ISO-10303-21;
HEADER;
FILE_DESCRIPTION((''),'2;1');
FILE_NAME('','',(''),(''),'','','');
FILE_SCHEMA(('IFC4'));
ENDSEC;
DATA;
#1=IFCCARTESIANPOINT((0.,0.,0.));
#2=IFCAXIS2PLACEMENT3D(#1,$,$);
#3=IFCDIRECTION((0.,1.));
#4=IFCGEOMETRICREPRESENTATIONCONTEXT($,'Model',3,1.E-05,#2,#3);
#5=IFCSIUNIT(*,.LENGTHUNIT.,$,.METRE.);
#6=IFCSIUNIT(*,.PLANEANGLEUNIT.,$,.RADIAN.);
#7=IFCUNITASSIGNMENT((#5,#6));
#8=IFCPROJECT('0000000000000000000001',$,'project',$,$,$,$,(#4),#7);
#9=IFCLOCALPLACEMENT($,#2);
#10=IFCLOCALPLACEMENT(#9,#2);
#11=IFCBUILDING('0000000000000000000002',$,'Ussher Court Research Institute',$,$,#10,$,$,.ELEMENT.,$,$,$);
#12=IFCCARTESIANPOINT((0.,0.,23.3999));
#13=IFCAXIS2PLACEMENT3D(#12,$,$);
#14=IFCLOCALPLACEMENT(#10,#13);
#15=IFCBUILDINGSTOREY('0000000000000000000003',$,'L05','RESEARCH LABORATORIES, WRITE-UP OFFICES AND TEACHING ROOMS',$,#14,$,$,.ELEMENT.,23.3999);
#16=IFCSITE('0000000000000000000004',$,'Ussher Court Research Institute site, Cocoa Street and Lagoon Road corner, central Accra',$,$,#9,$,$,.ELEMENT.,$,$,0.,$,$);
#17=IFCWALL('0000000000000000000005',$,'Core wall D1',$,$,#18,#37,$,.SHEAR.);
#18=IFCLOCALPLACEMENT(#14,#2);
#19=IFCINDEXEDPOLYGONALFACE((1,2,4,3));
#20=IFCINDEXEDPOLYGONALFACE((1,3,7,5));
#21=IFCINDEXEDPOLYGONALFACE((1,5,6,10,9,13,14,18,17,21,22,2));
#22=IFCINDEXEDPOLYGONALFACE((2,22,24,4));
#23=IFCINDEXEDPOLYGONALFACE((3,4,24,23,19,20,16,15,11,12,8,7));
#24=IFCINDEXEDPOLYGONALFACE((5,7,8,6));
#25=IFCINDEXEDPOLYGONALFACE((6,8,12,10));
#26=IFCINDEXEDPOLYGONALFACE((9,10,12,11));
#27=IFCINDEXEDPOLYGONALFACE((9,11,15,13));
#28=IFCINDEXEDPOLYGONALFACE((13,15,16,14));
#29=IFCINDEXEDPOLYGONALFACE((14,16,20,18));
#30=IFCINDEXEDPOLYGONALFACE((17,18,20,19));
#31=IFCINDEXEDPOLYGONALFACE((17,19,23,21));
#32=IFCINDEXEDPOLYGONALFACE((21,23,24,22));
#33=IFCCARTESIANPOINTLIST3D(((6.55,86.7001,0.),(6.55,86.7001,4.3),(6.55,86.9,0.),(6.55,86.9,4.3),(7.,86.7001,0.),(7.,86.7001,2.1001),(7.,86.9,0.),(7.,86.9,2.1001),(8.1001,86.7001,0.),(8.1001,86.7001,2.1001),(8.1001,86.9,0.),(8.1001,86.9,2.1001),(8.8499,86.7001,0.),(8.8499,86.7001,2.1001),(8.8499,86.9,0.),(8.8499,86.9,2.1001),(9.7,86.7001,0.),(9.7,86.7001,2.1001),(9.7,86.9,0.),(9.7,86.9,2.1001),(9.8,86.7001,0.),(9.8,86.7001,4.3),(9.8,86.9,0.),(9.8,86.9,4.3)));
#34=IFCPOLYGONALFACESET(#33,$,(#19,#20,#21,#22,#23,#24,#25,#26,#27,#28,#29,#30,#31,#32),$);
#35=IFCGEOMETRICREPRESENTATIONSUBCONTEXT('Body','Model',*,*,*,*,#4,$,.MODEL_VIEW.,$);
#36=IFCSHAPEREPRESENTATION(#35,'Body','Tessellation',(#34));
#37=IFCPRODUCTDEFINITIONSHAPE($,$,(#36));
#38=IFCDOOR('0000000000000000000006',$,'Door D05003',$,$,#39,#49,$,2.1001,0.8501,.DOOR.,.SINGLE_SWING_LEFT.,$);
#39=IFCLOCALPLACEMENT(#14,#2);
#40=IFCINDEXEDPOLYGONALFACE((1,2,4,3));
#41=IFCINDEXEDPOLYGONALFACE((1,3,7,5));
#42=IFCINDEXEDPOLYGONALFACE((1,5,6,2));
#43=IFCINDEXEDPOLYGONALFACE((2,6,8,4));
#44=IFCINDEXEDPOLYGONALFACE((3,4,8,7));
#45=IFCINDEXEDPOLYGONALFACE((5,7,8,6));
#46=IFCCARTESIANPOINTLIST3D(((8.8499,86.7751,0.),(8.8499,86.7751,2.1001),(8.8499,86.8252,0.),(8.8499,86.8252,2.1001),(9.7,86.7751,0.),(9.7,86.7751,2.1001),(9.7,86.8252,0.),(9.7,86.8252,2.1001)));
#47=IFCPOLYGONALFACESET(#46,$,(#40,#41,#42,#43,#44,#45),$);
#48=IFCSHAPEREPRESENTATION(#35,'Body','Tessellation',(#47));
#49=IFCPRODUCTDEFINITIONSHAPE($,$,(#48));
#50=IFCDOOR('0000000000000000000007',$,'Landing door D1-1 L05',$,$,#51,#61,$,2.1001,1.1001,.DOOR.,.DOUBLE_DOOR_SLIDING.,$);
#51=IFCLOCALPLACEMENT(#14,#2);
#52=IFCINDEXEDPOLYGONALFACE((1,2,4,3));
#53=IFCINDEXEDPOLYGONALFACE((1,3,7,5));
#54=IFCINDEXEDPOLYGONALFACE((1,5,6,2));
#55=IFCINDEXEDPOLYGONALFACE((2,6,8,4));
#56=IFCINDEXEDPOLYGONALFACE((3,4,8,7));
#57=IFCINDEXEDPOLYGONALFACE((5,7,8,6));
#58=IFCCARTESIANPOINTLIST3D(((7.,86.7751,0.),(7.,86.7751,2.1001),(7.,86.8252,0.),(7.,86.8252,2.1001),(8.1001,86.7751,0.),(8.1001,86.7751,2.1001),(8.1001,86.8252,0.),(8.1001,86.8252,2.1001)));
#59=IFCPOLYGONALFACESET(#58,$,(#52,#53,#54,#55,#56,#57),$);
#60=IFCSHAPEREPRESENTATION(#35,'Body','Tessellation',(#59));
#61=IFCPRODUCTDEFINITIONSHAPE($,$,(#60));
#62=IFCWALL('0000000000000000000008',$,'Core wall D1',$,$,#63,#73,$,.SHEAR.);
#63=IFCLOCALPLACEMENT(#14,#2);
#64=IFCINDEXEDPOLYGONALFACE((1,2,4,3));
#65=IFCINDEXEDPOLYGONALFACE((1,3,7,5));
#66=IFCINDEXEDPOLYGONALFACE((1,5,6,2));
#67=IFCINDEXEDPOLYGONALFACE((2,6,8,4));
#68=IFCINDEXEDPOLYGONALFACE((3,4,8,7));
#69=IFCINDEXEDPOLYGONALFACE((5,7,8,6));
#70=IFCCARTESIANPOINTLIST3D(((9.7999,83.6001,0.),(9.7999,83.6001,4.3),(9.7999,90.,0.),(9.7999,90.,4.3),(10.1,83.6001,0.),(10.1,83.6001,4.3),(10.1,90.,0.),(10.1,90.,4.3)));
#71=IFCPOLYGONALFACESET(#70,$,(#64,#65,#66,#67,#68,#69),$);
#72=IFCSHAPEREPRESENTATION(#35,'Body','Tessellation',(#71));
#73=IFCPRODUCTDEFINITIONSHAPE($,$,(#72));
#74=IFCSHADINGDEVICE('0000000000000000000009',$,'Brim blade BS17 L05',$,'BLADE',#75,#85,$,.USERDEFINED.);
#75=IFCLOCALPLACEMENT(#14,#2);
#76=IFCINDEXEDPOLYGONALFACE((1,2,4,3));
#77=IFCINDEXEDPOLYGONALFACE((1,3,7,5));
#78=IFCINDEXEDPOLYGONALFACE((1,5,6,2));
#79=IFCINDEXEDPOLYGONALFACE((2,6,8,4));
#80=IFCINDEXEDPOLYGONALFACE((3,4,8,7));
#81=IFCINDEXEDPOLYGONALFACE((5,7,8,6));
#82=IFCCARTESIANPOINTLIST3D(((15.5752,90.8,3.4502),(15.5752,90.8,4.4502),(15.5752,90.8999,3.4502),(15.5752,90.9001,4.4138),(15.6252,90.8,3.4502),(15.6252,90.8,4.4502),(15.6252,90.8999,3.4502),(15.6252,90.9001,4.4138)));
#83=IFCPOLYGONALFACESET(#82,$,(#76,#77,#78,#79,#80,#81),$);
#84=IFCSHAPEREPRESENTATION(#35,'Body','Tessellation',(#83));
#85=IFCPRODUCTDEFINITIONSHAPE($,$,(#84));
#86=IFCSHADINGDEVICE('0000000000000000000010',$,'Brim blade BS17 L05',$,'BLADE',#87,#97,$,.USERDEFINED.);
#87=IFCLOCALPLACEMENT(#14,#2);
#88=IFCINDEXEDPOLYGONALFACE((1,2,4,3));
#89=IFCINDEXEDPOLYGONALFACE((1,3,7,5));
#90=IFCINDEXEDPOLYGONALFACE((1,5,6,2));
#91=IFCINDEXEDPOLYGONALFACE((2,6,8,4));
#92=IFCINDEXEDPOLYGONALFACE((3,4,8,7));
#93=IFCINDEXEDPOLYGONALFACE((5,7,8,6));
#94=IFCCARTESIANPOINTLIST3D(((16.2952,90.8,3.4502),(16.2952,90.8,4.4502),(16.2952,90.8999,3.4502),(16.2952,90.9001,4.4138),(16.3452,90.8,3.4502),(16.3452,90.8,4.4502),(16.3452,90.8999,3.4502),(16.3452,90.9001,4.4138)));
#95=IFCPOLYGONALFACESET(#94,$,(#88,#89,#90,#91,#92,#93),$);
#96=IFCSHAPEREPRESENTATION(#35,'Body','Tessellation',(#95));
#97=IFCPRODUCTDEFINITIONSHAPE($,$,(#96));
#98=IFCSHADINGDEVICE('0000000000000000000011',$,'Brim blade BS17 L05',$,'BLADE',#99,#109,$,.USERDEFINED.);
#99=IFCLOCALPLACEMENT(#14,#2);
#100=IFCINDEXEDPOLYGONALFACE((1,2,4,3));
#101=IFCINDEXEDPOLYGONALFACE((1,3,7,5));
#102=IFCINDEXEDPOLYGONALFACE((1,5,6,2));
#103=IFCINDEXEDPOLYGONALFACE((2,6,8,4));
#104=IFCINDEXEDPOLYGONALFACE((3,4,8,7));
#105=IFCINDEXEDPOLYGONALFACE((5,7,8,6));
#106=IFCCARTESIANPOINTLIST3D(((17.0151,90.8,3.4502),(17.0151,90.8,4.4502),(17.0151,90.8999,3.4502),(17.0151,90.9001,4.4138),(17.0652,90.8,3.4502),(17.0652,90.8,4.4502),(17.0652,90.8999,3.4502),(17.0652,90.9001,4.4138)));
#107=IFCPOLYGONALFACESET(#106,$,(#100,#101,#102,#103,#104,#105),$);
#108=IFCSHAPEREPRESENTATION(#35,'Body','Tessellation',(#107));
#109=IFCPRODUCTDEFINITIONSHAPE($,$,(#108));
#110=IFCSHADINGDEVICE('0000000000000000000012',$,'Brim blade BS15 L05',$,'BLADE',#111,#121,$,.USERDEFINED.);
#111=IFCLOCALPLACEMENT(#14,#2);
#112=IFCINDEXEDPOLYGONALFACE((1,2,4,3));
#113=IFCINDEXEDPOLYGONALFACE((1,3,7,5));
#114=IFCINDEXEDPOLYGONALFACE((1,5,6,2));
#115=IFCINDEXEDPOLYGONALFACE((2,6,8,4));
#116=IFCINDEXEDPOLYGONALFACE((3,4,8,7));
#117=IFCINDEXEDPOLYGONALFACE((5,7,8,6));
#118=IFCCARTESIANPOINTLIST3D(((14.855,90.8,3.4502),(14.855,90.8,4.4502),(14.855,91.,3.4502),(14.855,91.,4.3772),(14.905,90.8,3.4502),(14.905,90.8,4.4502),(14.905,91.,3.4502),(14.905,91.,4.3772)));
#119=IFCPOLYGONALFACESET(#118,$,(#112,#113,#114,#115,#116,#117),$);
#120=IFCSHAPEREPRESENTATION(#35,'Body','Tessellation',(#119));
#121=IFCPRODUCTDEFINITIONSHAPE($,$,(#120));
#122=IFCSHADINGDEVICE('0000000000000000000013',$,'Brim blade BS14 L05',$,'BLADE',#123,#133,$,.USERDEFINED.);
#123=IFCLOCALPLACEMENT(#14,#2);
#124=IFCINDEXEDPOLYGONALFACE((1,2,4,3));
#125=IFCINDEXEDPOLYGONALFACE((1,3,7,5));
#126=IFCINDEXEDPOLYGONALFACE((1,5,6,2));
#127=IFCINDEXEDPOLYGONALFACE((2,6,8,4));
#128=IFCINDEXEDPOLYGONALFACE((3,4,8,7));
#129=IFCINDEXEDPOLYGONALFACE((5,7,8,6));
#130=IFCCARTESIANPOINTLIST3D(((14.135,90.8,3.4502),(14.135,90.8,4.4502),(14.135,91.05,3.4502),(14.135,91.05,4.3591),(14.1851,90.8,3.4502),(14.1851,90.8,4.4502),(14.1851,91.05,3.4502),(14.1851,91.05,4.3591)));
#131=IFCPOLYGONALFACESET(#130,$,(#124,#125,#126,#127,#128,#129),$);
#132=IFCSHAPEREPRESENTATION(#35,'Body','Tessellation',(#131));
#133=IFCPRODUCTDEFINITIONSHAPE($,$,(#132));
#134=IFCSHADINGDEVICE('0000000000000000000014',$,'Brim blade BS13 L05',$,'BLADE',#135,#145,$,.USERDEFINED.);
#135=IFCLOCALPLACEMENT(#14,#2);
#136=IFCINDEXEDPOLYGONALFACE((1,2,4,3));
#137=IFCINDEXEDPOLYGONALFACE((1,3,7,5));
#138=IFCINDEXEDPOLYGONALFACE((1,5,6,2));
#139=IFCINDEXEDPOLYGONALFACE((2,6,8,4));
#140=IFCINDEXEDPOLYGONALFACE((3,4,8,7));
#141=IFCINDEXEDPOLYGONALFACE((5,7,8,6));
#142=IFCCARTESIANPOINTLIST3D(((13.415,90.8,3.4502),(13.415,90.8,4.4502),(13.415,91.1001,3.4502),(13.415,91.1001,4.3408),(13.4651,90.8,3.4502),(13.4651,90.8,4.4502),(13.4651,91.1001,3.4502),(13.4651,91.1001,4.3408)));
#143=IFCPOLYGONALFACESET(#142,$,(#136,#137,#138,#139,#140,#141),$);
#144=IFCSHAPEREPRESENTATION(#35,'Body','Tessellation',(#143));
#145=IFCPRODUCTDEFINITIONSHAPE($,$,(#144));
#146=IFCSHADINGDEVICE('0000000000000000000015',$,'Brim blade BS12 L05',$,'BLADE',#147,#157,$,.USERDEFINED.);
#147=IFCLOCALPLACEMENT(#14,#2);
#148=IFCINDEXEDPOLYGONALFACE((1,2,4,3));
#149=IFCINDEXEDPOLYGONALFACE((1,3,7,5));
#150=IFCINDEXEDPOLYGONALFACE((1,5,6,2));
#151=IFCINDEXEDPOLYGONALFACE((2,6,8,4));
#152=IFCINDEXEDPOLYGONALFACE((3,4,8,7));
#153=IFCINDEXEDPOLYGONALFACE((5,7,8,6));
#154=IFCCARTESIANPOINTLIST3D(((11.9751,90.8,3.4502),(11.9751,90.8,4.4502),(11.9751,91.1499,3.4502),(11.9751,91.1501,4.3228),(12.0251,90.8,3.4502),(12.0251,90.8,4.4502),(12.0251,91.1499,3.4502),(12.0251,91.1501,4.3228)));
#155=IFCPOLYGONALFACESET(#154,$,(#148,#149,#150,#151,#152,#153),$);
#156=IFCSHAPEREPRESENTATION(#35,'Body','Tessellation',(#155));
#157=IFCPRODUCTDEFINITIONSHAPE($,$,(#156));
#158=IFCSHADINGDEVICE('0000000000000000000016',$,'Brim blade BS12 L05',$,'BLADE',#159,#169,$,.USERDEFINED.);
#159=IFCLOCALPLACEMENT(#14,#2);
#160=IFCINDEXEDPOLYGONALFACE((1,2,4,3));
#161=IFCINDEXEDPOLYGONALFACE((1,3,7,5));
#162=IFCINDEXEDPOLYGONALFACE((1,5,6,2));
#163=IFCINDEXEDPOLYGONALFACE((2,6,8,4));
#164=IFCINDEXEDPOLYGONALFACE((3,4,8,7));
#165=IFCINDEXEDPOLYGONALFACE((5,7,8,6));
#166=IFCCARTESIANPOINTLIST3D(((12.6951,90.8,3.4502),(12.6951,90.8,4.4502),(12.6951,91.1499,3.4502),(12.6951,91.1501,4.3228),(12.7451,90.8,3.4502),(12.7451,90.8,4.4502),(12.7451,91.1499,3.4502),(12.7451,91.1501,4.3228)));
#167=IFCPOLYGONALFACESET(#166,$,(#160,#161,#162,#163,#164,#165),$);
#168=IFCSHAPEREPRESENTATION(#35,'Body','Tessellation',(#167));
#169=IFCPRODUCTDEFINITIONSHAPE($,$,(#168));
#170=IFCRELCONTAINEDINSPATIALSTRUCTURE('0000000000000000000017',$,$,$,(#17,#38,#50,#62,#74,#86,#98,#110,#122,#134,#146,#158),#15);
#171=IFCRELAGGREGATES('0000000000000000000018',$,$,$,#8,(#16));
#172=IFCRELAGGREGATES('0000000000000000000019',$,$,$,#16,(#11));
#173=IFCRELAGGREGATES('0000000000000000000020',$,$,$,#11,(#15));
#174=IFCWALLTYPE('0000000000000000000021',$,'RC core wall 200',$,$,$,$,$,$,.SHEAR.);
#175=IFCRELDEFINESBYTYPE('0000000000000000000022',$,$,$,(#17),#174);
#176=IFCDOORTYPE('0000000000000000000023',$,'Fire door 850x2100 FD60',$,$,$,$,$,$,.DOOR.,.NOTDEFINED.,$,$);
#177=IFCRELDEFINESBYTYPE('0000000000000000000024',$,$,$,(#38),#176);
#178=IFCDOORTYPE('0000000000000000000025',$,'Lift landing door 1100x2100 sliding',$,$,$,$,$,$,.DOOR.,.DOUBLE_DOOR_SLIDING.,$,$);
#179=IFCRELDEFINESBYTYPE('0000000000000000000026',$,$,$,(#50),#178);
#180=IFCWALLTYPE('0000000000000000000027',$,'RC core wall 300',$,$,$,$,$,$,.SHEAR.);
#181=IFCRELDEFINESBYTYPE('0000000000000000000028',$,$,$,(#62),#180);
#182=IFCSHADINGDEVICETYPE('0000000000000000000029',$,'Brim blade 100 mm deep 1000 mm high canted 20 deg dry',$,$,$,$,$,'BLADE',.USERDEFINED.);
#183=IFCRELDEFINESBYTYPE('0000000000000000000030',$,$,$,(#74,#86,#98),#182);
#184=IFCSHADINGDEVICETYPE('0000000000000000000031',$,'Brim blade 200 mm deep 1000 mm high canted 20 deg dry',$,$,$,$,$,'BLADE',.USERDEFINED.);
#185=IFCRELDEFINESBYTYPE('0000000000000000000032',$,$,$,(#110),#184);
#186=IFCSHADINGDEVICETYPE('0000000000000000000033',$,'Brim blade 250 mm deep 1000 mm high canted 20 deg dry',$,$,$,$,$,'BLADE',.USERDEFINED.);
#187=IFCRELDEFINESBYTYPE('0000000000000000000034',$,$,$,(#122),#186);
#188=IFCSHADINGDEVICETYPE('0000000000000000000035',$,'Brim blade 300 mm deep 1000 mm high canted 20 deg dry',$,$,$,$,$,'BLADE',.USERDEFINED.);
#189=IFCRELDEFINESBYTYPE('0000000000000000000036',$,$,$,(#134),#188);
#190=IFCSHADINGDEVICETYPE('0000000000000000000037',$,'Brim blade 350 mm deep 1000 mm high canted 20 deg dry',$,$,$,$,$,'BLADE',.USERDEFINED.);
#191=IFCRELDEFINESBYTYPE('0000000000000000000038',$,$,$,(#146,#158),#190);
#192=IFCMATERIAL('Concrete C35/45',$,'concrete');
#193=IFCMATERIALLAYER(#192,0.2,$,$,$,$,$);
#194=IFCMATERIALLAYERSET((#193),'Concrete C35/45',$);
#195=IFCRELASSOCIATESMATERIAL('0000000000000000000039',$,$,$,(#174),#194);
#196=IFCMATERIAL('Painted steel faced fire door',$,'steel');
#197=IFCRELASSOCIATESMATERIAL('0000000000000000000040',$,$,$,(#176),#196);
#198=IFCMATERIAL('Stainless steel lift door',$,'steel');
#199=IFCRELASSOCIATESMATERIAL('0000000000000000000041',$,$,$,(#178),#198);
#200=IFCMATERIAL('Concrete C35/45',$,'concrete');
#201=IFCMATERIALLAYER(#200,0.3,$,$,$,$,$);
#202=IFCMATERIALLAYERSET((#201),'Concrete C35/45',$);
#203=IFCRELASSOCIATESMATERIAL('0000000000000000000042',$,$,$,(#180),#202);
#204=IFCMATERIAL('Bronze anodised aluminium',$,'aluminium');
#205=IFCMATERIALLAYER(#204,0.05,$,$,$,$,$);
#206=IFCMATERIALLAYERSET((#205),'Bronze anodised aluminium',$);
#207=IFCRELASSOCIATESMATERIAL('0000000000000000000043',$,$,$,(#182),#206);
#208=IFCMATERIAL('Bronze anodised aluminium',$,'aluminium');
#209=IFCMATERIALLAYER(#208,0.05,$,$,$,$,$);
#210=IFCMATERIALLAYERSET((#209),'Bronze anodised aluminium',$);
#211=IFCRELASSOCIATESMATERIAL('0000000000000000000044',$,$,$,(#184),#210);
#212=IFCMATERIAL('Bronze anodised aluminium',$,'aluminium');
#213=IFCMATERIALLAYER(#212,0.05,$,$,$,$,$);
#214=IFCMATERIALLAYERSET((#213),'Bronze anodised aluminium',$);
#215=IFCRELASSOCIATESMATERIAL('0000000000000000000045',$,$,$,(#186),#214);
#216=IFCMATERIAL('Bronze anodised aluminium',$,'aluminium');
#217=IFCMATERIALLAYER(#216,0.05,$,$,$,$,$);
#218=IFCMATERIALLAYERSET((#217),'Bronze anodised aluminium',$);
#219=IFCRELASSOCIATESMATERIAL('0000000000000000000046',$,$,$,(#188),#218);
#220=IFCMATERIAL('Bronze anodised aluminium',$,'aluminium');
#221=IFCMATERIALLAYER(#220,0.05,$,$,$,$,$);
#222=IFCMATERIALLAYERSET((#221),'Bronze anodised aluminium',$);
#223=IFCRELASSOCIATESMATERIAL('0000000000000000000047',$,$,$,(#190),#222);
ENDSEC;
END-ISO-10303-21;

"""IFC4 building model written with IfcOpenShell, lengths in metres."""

from ifc_helpers import new_model, si_unit, direction, frame, frame_2d, origin, place, context, subcontext, project, spatial, polyline, rectangle, outline, extrude, material, layer, layer_set, type_object, element, fill, save


model = new_model("IFC4")

# Units and contexts
model_context = context("Model", 3, precision=1e-05, world=origin(), true_north=direction((0.0, 1.0)))
body_context = subcontext(model_context, "Body", "Model", "MODEL_VIEW")
ifc_project = project(units=[si_unit("LENGTHUNIT", "METRE"), si_unit("PLANEANGLEUNIT", "RADIAN")], contexts=[model_context])

# Site, building, storey
site_placement = place(None, origin())
site = spatial("IfcSite", under=ifc_project, at=site_placement, Name="Ussher Court Research Institute site, Cocoa Street and Lagoon Road corner, central Accra", CompositionType="ELEMENT", RefElevation=0.0)
building_placement = place(site_placement, origin())
building = spatial("IfcBuilding", under=site, at=building_placement, Name="Ussher Court Research Institute", CompositionType="ELEMENT")
storey_placement = place(building_placement, frame((0.0, 0.0, 23.3999)))
storey = spatial("IfcBuildingStorey", under=building, at=storey_placement, Name="L05", Description="RESEARCH LABORATORIES, WRITE-UP OFFICES AND TEACHING ROOMS", CompositionType="ELEMENT", Elevation=23.3999)

# Wall, openings, doors
ifc_material_1 = material(Name="Concrete C35/45", Category="concrete")
ifc_layer_1 = layer(ifc_material_1, 0.2)
ifc_layer_set_1 = layer_set([ifc_layer_1], Name="Concrete C35/45")
wall_type_1 = type_object("IfcWallType", Name="RC core wall 200", PredefinedType="SHEAR", material=ifc_layer_set_1)
wall_1_placement = place(storey_placement, frame((9.8, 86.8, 0.0), z_axis=(0.0, 0.0, 1.0), x_axis=(-1.0, 0.0, 0.0)))
wall_1 = element("IfcWall", 1, at=wall_1_placement, inside=storey, type_object=wall_type_1, Name="Core wall D1", PredefinedType="SHEAR", context=body_context, shape_type="SweptSolid", body=[
    extrude(rectangle(XDim=3.25, YDim=0.2, at=frame_2d((1.625, 0.0))), origin(), (0.0, 0.0, 1.0), 4.3),
])
opening_1_placement = place(wall_1_placement, frame((1.7, 0.0, 0.0)))
opening_1 = element("IfcOpeningElement", 2, at=opening_1_placement, cuts=wall_1, PredefinedType="OPENING", context=body_context, shape_type="SweptSolid", body=[
    extrude(rectangle(XDim=1.1001, YDim=2.1001, at=frame_2d((0.55, 1.05))), frame((0.0, 0.1099, 0.0), z_axis=(0.0, -1.0, 0.0), x_axis=(1.0, 0.0, 0.0)), (0.0, 0.0, 1.0), 0.22),
])
opening_2_placement = place(wall_1_placement, frame((0.1001, 0.0, 0.0)))
opening_2 = element("IfcOpeningElement", 3, at=opening_2_placement, cuts=wall_1, PredefinedType="OPENING", context=body_context, shape_type="SweptSolid", body=[
    extrude(rectangle(XDim=0.8501, YDim=2.1001, at=frame_2d((0.425, 1.05))), frame((0.0, 0.1099, 0.0), z_axis=(0.0, -1.0, 0.0), x_axis=(1.0, 0.0, 0.0)), (0.0, 0.0, 1.0), 0.22),
])
ifc_material_2 = material(Name="Painted steel faced fire door", Category="steel")
door_type_1 = type_object("IfcDoorType", Name="Fire door 850x2100 FD60", OperationType="NOTDEFINED", PredefinedType="DOOR", material=ifc_material_2)
door_1_placement = place(opening_2_placement, origin())
door_1 = element("IfcDoor", 4, at=door_1_placement, inside=storey, type_object=door_type_1, Name="Door D05003", OperationType="SINGLE_SWING_LEFT", OverallHeight=2.1001, OverallWidth=0.8501, PredefinedType="DOOR", context=body_context, shape_type="SweptSolid", body=[
    extrude(rectangle(XDim=0.8501, YDim=2.1001, at=frame_2d((0.425, 1.05))), frame((0.0, 0.0249, 0.0), z_axis=(0.0, -1.0, 0.0), x_axis=(1.0, 0.0, 0.0)), (0.0, 0.0, 1.0), 0.05),
])
fill(opening_2, door_1)
ifc_material_3 = material(Name="Stainless steel lift door", Category="steel")
door_type_2 = type_object("IfcDoorType", Name="Lift landing door 1100x2100 sliding", OperationType="DOUBLE_DOOR_SLIDING", PredefinedType="DOOR", material=ifc_material_3)
door_2_placement = place(opening_1_placement, origin())
door_2 = element("IfcDoor", 5, at=door_2_placement, inside=storey, type_object=door_type_2, Name="Landing door D1-1 L05", OperationType="DOUBLE_DOOR_SLIDING", OverallHeight=2.1001, OverallWidth=1.1001, PredefinedType="DOOR", context=body_context, shape_type="SweptSolid", body=[
    extrude(rectangle(XDim=1.1001, YDim=2.1001, at=frame_2d((0.55, 1.05))), frame((0.0, 0.0249, 0.0), z_axis=(0.0, -1.0, 0.0), x_axis=(1.0, 0.0, 0.0)), (0.0, 0.0, 1.0), 0.05),
])
fill(opening_1, door_2)

# Wall
ifc_material_4 = material(Name="Concrete C35/45", Category="concrete")
ifc_layer_2 = layer(ifc_material_4, 0.3)
ifc_layer_set_2 = layer_set([ifc_layer_2], Name="Concrete C35/45")
wall_type_2 = type_object("IfcWallType", Name="RC core wall 300", PredefinedType="SHEAR", material=ifc_layer_set_2)
wall_2_placement = place(storey_placement, frame((9.95, 83.6001, 0.0), z_axis=(0.0, 0.0, 1.0), x_axis=(0.0, 1.0, 0.0)))
element("IfcWall", 6, at=wall_2_placement, inside=storey, type_object=wall_type_2, Name="Core wall D1", PredefinedType="SHEAR", context=body_context, shape_type="SweptSolid", body=[
    extrude(rectangle(XDim=6.3999, YDim=0.3, at=frame_2d((3.2, 0.0))), origin(), (0.0, 0.0, 1.0), 4.3),
])

# Shading devices
ifc_material_5 = material(Name="Bronze anodised aluminium", Category="aluminium")
ifc_layer_3 = layer(ifc_material_5, 0.05)
ifc_layer_set_3 = layer_set([ifc_layer_3], Name="Bronze anodised aluminium")
shading_device_type_1 = type_object("IfcShadingDeviceType", Name="Brim blade 100 mm deep 1000 mm high canted 20 deg dry", ElementType="BLADE", PredefinedType="USERDEFINED", material=ifc_layer_set_3)
for number, where, z_axis, x_axis, name in (
    (7, (15.6001, 90.8, 3.4502), (0.0, 0.0, 1.0), (0.0, 1.0, 0.0), "Brim blade BS17 L05"),
    (8, (16.3201, 90.8, 3.4502), (0.0, 0.0, 1.0), (0.0, 1.0, 0.0), "Brim blade BS17 L05"),
    (9, (17.04, 90.8, 3.4502), (0.0, 0.0, 1.0), (0.0, 1.0, 0.0), "Brim blade BS17 L05"),
):
    element("IfcShadingDevice", number, at=place(storey_placement, frame(where, z_axis=z_axis, x_axis=x_axis)), inside=storey, type_object=shading_device_type_1, Name=name, ObjectType="BLADE", PredefinedType="USERDEFINED", context=body_context, shape_type="SweptSolid", body=[
        extrude(outline(polyline([(0.0, 0.0), (0.0999, 0.0), (0.1001, 0.9636), (0.0, 1.0), (0.0, 0.0)])), frame((0.0, 0.0249, 0.0), z_axis=(0.0, -1.0, 0.0), x_axis=(1.0, 0.0, 0.0)), (0.0, 0.0, 1.0), 0.05),
    ])
ifc_material_6 = material(Name="Bronze anodised aluminium", Category="aluminium")
ifc_layer_4 = layer(ifc_material_6, 0.05)
ifc_layer_set_4 = layer_set([ifc_layer_4], Name="Bronze anodised aluminium")
shading_device_type_2 = type_object("IfcShadingDeviceType", Name="Brim blade 200 mm deep 1000 mm high canted 20 deg dry", ElementType="BLADE", PredefinedType="USERDEFINED", material=ifc_layer_set_4)
shading_device_1_placement = place(storey_placement, frame((14.8799, 90.8, 3.4502), z_axis=(0.0, 0.0, 1.0), x_axis=(0.0, 1.0, 0.0)))
element("IfcShadingDevice", 10, at=shading_device_1_placement, inside=storey, type_object=shading_device_type_2, Name="Brim blade BS15 L05", ObjectType="BLADE", PredefinedType="USERDEFINED", context=body_context, shape_type="SweptSolid", body=[
    extrude(outline(polyline([(0.0, 0.0), (0.2, 0.0), (0.2, 0.927), (0.0, 1.0), (0.0, 0.0)])), frame((0.0, 0.0249, 0.0), z_axis=(0.0, -1.0, 0.0), x_axis=(1.0, 0.0, 0.0)), (0.0, 0.0, 1.0), 0.05),
])
ifc_material_7 = material(Name="Bronze anodised aluminium", Category="aluminium")
ifc_layer_5 = layer(ifc_material_7, 0.05)
ifc_layer_set_5 = layer_set([ifc_layer_5], Name="Bronze anodised aluminium")
shading_device_type_3 = type_object("IfcShadingDeviceType", Name="Brim blade 250 mm deep 1000 mm high canted 20 deg dry", ElementType="BLADE", PredefinedType="USERDEFINED", material=ifc_layer_set_5)
shading_device_2_placement = place(storey_placement, frame((14.1599, 90.8, 3.4502), z_axis=(0.0, 0.0, 1.0), x_axis=(0.0, 1.0, 0.0)))
element("IfcShadingDevice", 11, at=shading_device_2_placement, inside=storey, type_object=shading_device_type_3, Name="Brim blade BS14 L05", ObjectType="BLADE", PredefinedType="USERDEFINED", context=body_context, shape_type="SweptSolid", body=[
    extrude(outline(polyline([(0.0, 0.0), (0.25, 0.0), (0.25, 0.9089), (0.0, 1.0), (0.0, 0.0)])), frame((0.0, 0.0249, 0.0), z_axis=(0.0, -1.0, 0.0), x_axis=(1.0, 0.0, 0.0)), (0.0, 0.0, 1.0), 0.05),
])
ifc_material_8 = material(Name="Bronze anodised aluminium", Category="aluminium")
ifc_layer_6 = layer(ifc_material_8, 0.05)
ifc_layer_set_6 = layer_set([ifc_layer_6], Name="Bronze anodised aluminium")
shading_device_type_4 = type_object("IfcShadingDeviceType", Name="Brim blade 300 mm deep 1000 mm high canted 20 deg dry", ElementType="BLADE", PredefinedType="USERDEFINED", material=ifc_layer_set_6)
shading_device_3_placement = place(storey_placement, frame((13.4399, 90.8, 3.4502), z_axis=(0.0, 0.0, 1.0), x_axis=(0.0, 1.0, 0.0)))
element("IfcShadingDevice", 12, at=shading_device_3_placement, inside=storey, type_object=shading_device_type_4, Name="Brim blade BS13 L05", ObjectType="BLADE", PredefinedType="USERDEFINED", context=body_context, shape_type="SweptSolid", body=[
    extrude(outline(polyline([(0.0, 0.0), (0.3, 0.0), (0.3, 0.8906), (0.0, 1.0), (0.0, 0.0)])), frame((0.0, 0.0249, 0.0), z_axis=(0.0, -1.0, 0.0), x_axis=(1.0, 0.0, 0.0)), (0.0, 0.0, 1.0), 0.05),
])
ifc_material_9 = material(Name="Bronze anodised aluminium", Category="aluminium")
ifc_layer_7 = layer(ifc_material_9, 0.05)
ifc_layer_set_7 = layer_set([ifc_layer_7], Name="Bronze anodised aluminium")
shading_device_type_5 = type_object("IfcShadingDeviceType", Name="Brim blade 350 mm deep 1000 mm high canted 20 deg dry", ElementType="BLADE", PredefinedType="USERDEFINED", material=ifc_layer_set_7)
for number, where, z_axis, x_axis, name in (
    (13, (12.0, 90.8, 3.4502), (0.0, 0.0, 1.0), (0.0, 1.0, 0.0), "Brim blade BS12 L05"),
    (14, (12.72, 90.8, 3.4502), (0.0, 0.0, 1.0), (0.0, 1.0, 0.0), "Brim blade BS12 L05"),
):
    element("IfcShadingDevice", number, at=place(storey_placement, frame(where, z_axis=z_axis, x_axis=x_axis)), inside=storey, type_object=shading_device_type_5, Name=name, ObjectType="BLADE", PredefinedType="USERDEFINED", context=body_context, shape_type="SweptSolid", body=[
        extrude(outline(polyline([(0.0, 0.0), (0.3499, 0.0), (0.3501, 0.8726), (0.0, 1.0), (0.0, 0.0)])), frame((0.0, 0.0249, 0.0), z_axis=(0.0, -1.0, 0.0), x_axis=(1.0, 0.0, 0.0)), (0.0, 0.0, 1.0), 0.05),
    ])

save(model, "model.ifc")
